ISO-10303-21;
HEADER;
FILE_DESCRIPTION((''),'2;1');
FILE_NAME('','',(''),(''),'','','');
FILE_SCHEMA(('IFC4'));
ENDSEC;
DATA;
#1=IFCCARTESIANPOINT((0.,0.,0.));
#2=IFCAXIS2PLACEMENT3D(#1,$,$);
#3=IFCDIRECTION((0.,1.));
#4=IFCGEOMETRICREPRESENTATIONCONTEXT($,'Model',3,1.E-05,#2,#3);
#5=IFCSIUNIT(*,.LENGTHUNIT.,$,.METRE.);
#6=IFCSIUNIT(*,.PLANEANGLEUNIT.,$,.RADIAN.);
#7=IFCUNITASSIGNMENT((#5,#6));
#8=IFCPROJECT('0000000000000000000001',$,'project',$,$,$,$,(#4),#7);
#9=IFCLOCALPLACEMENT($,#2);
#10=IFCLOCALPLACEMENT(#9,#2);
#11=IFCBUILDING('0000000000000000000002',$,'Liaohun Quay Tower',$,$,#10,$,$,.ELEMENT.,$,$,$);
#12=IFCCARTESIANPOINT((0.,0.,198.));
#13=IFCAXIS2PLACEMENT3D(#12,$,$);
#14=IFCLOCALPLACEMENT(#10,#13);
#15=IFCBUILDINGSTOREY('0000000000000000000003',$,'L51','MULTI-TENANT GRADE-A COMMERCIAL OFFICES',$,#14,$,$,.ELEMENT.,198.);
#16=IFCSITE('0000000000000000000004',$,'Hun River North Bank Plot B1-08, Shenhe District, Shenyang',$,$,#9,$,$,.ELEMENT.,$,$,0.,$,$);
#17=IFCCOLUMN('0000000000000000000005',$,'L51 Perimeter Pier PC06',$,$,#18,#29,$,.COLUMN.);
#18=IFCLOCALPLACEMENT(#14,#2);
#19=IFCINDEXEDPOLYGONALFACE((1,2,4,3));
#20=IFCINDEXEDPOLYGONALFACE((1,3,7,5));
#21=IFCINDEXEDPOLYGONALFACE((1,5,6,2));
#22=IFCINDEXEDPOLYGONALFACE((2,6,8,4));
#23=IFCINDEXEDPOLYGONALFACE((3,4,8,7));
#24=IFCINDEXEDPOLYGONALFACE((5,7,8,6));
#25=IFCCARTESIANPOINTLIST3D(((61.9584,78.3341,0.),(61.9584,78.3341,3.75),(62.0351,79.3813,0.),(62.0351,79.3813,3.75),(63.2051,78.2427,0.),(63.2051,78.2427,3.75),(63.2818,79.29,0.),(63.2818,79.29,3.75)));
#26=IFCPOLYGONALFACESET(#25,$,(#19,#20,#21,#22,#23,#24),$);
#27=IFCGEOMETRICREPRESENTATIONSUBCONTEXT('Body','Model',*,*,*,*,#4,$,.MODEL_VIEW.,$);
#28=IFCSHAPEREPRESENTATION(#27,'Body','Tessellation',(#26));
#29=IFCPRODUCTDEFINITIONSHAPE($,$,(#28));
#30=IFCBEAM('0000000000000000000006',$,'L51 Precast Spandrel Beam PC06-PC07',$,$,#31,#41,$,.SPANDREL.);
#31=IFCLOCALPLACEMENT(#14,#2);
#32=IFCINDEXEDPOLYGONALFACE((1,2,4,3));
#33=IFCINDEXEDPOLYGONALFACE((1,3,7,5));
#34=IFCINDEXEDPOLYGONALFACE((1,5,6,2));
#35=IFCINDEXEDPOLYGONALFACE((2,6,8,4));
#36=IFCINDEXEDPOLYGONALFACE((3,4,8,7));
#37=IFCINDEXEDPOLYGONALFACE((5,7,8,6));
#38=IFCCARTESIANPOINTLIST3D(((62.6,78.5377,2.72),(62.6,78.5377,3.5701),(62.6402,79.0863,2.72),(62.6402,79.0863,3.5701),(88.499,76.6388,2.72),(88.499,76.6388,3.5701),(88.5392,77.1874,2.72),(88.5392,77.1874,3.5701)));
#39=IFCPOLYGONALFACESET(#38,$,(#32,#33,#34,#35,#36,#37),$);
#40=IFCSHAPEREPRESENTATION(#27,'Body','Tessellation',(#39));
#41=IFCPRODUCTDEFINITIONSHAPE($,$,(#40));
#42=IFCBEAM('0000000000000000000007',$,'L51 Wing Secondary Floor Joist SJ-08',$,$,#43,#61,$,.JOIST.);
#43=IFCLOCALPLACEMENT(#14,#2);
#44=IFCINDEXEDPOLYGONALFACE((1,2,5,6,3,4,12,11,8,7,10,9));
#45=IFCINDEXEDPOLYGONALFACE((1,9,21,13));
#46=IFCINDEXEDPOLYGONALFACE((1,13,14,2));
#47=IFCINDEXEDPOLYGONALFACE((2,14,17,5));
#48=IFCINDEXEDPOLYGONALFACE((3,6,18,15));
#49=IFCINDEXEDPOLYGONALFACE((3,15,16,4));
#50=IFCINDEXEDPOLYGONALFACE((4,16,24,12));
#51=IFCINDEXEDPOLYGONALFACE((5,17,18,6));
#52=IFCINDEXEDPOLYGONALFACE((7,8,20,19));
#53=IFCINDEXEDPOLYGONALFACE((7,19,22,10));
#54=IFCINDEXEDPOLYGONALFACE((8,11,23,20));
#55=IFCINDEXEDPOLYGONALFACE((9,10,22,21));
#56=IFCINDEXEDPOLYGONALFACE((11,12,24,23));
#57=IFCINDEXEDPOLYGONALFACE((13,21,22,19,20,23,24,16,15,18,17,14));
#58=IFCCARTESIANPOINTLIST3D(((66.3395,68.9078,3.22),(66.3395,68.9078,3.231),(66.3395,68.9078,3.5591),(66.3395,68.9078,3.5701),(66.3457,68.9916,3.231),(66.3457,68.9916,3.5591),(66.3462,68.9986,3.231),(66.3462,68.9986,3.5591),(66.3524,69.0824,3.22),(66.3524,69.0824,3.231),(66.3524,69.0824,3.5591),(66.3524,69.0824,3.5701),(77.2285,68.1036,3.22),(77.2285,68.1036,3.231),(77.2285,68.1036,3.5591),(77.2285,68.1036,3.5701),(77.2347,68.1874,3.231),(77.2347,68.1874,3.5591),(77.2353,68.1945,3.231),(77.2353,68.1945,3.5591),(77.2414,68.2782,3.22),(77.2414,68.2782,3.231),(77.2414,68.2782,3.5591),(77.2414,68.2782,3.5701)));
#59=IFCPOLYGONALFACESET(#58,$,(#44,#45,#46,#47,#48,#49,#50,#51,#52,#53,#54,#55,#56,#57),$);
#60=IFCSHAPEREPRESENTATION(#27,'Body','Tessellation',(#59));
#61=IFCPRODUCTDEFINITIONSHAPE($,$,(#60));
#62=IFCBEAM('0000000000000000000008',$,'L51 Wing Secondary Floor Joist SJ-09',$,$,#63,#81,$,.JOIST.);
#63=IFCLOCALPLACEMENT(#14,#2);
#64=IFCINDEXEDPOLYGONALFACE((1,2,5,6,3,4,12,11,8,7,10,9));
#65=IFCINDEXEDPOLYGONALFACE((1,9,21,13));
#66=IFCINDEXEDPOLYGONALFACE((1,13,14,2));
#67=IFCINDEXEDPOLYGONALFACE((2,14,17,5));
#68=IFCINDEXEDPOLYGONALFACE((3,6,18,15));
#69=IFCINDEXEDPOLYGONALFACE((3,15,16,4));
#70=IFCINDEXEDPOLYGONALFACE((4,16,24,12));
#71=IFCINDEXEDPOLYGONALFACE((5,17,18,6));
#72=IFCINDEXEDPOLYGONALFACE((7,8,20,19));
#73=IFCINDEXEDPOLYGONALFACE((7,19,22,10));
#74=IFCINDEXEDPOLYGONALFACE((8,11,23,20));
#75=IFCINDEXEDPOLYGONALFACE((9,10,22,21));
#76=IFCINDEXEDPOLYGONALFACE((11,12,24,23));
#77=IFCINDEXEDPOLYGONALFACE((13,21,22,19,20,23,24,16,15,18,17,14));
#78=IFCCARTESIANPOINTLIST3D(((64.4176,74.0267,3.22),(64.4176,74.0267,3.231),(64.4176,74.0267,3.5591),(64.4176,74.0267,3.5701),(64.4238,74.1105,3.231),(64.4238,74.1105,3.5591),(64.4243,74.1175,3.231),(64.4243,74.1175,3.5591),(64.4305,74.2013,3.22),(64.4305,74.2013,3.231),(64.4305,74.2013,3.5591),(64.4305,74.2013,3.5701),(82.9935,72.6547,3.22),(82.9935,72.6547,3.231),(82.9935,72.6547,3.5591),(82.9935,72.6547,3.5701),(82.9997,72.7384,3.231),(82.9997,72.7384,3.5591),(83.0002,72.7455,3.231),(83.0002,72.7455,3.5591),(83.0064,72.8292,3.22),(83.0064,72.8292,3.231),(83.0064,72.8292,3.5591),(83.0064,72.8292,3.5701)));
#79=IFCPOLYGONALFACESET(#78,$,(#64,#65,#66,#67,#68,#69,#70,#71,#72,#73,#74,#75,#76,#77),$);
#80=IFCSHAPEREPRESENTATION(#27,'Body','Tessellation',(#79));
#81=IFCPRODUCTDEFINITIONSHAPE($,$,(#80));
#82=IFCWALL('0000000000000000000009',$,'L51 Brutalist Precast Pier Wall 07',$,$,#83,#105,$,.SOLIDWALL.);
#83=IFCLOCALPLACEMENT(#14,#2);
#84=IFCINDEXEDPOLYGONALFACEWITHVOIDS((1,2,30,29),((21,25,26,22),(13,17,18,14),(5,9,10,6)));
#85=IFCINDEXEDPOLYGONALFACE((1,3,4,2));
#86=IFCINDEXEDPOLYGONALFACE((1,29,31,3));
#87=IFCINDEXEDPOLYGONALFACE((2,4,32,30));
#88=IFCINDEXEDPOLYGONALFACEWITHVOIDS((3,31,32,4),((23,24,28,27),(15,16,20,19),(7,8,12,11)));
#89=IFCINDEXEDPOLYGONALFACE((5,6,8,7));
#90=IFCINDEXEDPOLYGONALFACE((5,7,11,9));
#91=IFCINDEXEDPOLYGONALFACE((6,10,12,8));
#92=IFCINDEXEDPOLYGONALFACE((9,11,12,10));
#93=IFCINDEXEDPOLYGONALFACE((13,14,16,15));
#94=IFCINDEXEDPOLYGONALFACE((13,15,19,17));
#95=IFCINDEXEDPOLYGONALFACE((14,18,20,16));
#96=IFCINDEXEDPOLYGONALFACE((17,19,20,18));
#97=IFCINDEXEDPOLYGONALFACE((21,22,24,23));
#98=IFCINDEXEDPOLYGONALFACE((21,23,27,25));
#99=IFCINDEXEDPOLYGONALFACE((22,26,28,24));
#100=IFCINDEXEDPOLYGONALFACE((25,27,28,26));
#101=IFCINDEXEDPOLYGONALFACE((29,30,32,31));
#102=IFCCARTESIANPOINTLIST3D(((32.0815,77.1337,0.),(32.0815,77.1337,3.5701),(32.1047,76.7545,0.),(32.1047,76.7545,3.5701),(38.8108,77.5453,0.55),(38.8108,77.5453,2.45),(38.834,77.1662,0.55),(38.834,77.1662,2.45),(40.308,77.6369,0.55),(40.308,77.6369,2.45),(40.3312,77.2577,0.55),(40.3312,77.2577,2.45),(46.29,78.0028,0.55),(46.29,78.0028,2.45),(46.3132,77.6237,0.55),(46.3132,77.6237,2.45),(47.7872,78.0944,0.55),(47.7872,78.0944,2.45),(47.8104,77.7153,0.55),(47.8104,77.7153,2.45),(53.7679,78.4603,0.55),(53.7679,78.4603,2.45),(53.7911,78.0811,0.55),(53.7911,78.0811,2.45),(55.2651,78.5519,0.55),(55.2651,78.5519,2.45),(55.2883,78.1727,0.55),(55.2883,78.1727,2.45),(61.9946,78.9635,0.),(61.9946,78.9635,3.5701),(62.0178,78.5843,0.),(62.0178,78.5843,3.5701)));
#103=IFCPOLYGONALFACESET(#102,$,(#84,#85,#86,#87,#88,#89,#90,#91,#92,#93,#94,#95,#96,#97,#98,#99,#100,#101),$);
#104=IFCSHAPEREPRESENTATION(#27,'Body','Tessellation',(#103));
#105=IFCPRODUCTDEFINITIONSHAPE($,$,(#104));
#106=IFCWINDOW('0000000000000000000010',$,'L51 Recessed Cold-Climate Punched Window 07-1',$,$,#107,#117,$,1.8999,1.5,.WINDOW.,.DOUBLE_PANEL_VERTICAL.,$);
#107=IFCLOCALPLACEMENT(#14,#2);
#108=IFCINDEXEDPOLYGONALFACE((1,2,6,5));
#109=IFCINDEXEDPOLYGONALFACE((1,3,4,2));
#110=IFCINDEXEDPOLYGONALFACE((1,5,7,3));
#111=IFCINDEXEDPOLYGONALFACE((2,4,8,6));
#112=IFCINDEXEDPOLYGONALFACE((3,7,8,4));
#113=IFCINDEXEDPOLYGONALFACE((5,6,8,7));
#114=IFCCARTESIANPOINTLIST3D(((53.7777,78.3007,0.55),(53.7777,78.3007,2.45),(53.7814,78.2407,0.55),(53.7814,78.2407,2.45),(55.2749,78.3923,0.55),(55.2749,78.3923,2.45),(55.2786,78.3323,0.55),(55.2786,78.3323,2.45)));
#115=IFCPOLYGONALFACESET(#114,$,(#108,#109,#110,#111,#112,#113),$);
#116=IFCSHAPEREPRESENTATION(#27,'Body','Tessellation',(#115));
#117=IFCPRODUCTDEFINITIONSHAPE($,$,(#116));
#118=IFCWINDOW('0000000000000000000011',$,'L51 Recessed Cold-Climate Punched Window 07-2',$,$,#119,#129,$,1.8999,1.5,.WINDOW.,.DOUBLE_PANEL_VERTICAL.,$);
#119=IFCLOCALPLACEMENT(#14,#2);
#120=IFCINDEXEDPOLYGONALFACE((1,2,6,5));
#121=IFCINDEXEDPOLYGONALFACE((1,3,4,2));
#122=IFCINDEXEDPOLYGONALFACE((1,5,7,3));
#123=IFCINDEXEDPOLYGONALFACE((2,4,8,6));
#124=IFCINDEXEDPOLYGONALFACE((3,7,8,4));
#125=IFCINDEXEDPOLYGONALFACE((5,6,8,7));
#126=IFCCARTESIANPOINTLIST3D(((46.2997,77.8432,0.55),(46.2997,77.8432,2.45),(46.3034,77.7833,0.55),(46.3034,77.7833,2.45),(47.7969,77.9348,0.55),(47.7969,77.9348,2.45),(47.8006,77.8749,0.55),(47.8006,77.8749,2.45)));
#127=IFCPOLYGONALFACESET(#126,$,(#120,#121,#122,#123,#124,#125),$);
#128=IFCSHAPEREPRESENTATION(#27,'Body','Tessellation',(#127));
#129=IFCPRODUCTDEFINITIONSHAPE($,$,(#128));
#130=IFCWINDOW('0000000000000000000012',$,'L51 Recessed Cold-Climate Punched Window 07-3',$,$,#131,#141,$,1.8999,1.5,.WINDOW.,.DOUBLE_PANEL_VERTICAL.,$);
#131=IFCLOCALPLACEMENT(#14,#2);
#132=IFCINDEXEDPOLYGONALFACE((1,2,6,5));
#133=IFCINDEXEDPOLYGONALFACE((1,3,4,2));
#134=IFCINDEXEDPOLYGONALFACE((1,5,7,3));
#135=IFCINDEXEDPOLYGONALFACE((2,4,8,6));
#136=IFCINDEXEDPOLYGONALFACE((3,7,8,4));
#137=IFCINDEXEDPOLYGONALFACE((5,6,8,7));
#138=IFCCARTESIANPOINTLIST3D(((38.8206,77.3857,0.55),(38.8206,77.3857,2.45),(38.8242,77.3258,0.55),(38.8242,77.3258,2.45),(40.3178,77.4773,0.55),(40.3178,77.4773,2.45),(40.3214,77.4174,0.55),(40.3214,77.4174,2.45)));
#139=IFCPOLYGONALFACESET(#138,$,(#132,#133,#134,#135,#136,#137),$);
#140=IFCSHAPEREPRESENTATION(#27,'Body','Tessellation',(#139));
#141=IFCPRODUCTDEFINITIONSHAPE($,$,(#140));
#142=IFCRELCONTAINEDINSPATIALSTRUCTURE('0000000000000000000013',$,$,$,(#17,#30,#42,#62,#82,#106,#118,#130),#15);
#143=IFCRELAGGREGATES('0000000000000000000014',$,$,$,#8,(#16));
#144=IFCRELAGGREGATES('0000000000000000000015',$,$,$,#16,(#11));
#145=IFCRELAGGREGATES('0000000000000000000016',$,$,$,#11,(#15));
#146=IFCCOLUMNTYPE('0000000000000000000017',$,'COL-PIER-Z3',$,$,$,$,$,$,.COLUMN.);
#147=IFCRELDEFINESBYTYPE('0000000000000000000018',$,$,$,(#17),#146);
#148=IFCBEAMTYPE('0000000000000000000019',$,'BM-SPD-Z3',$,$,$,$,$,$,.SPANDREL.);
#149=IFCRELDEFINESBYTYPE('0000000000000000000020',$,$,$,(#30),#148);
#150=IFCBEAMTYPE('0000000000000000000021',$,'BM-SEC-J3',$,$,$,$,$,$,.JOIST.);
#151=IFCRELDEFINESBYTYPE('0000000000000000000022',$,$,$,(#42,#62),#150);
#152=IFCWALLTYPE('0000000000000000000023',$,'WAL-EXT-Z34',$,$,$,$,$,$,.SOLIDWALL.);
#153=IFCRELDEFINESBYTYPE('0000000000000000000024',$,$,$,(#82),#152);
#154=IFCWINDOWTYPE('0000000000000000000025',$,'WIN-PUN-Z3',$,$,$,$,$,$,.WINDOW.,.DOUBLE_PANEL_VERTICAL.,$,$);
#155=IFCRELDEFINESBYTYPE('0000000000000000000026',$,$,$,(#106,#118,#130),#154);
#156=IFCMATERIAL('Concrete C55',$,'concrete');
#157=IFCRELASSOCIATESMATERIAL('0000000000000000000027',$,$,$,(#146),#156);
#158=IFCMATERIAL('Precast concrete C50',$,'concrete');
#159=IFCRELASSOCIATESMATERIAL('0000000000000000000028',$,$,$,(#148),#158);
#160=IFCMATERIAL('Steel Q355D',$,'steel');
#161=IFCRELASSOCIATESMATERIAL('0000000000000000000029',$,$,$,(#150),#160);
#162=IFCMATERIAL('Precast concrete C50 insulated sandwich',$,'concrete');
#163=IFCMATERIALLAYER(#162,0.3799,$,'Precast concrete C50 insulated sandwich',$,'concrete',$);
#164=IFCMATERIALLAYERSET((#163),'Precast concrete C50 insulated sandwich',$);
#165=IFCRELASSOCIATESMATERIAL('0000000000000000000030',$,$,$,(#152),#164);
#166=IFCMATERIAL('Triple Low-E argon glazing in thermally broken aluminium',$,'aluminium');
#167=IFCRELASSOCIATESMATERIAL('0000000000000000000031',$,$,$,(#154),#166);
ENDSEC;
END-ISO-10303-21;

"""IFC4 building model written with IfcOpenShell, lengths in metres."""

from ifc_helpers import new_model, si_unit, direction, frame, frame_2d, origin, origin_2d, place, context, subcontext, project, spatial, rectangle, i_section, extrude, source, transform, mapped, material, layer, layer_set, material_profile, profile_set, type_object, element, fill, save


model = new_model("IFC4")

# Units and contexts
model_context = context("Model", 3, precision=1e-05, world=origin(), true_north=direction((0.0, 1.0)))
body_context = subcontext(model_context, "Body", "Model", "MODEL_VIEW")
ifc_project = project(units=[si_unit("LENGTHUNIT", "METRE"), si_unit("PLANEANGLEUNIT", "RADIAN")], contexts=[model_context])

# Site, building, storey
site_placement = place(None, origin())
site = spatial("IfcSite", under=ifc_project, at=site_placement, Name="Hun River North Bank Plot B1-08, Shenhe District, Shenyang", CompositionType="ELEMENT", RefElevation=0.0)
building_placement = place(site_placement, origin())
building = spatial("IfcBuilding", under=site, at=building_placement, Name="Liaohun Quay Tower", CompositionType="ELEMENT")
storey_placement = place(building_placement, frame((0.0, 0.0, 198.0)))
storey = spatial("IfcBuildingStorey", under=building, at=storey_placement, Name="L51", Description="MULTI-TENANT GRADE-A COMMERCIAL OFFICES", CompositionType="ELEMENT", Elevation=198.0)

# Column
ifc_material_1 = material(Name="Concrete C55", Category="concrete")
ifc_material_profile_1 = material_profile(ifc_material_1, rectangle(XDim=1.25, YDim=1.05, at=origin_2d()), Name="RC1250x1050")
ifc_profile_set_1 = profile_set([ifc_material_profile_1], Name="Concrete C55")
column_type = type_object("IfcColumnType", Name="COL-PIER-Z3", PredefinedType="COLUMN", material=ifc_profile_set_1)
shared_shape_1 = source(origin(), body_context, "Body", "SweptSolid", [
    extrude(rectangle(XDim=1.25, YDim=1.05, at=origin_2d()), origin(), (0.0, 0.0, 1.0), 3.75),
])
column_placement = place(storey_placement, frame((62.6201, 78.812, 0.0), z_axis=(0.0, 0.0, 1.0), x_axis=(-0.997327, 0.073064, 0.0)))
element("IfcColumn", 1, at=column_placement, inside=storey, type_object=column_type, Name="L51 Perimeter Pier PC06", PredefinedType="COLUMN", context=body_context, shape_type="MappedRepresentation", body=[
    mapped(shared_shape_1, transform((0.0, 0.0, 0.0), x_axis=(1.0, 0.0, 0.0), y_axis=(0.0, 1.0, 0.0), z_axis=(0.0, 0.0, 1.0), scale=1.0)),
])

# Beams
ifc_material_2 = material(Name="Precast concrete C50", Category="concrete")
ifc_material_profile_2 = material_profile(ifc_material_2, rectangle(XDim=0.55, YDim=0.8501, at=origin_2d()), Name="RC550x850")
ifc_profile_set_2 = profile_set([ifc_material_profile_2], Name="Precast concrete C50")
beam_type_1 = type_object("IfcBeamType", Name="BM-SPD-Z3", PredefinedType="SPANDREL", material=ifc_profile_set_2)
shared_shape_2 = source(origin(), body_context, "Body", "SweptSolid", [
    extrude(rectangle(XDim=0.55, YDim=0.8501, at=origin_2d()), origin(), (0.0, 0.0, 1.0), 25.9685),
])
beam_1_placement = place(storey_placement, frame((62.6201, 78.812, 3.145), z_axis=(0.997323, -0.073124, 0.0), x_axis=(0.073124, 0.997323, 0.0)))
element("IfcBeam", 2, at=beam_1_placement, inside=storey, type_object=beam_type_1, Name="L51 Precast Spandrel Beam PC06-PC07", PredefinedType="SPANDREL", context=body_context, shape_type="MappedRepresentation", body=[
    mapped(shared_shape_2, transform((0.0, 0.0, 0.0), x_axis=(1.0, 0.0, 0.0), y_axis=(0.0, 1.0, 0.0), z_axis=(0.0, 0.0, 1.0), scale=1.0)),
])
ifc_material_3 = material(Name="Steel Q355D", Category="steel")
ifc_material_profile_3 = material_profile(ifc_material_3, i_section(OverallWidth=0.175, OverallDepth=0.3501, WebThickness=0.0071, FlangeThickness=0.011, at=origin_2d()), Name="HN350x175x7x11")
ifc_profile_set_3 = profile_set([ifc_material_profile_3], Name="Steel Q355D")
beam_type_2 = type_object("IfcBeamType", Name="BM-SEC-J3", PredefinedType="JOIST", material=ifc_profile_set_3)
shared_shape_3 = source(origin(), body_context, "Body", "SweptSolid", [
    extrude(i_section(OverallWidth=0.175, OverallDepth=0.3501, WebThickness=0.0071, FlangeThickness=0.011, at=origin_2d()), origin(), (0.0, 0.0, 1.0), 10.9187),
])
beam_2_placement = place(storey_placement, frame((66.3459, 68.9951, 3.395), z_axis=(0.997284, -0.073653, 0.0), x_axis=(0.073653, 0.997284, 0.0)))
element("IfcBeam", 3, at=beam_2_placement, inside=storey, type_object=beam_type_2, Name="L51 Wing Secondary Floor Joist SJ-08", PredefinedType="JOIST", context=body_context, shape_type="MappedRepresentation", body=[
    mapped(shared_shape_3, transform((0.0, 0.0, 0.0), x_axis=(1.0, 0.0, 0.0), y_axis=(0.0, 1.0, 0.0), z_axis=(0.0, 0.0, 1.0), scale=1.0)),
])
shared_shape_4 = source(origin(), body_context, "Body", "SweptSolid", [
    extrude(i_section(OverallWidth=0.175, OverallDepth=0.3501, WebThickness=0.0071, FlangeThickness=0.011, at=origin_2d()), origin(), (0.0, 0.0, 1.0), 18.6265),
])
beam_3_placement = place(storey_placement, frame((64.4241, 74.114, 3.395), z_axis=(0.997283, -0.073662, 0.0), x_axis=(0.073662, 0.997283, 0.0)))
element("IfcBeam", 4, at=beam_3_placement, inside=storey, type_object=beam_type_2, Name="L51 Wing Secondary Floor Joist SJ-09", PredefinedType="JOIST", context=body_context, shape_type="MappedRepresentation", body=[
    mapped(shared_shape_4, transform((0.0, 0.0, 0.0), x_axis=(1.0, 0.0, 0.0), y_axis=(0.0, 1.0, 0.0), z_axis=(0.0, 0.0, 1.0), scale=1.0)),
])

# Wall, openings, windows
ifc_material_4 = material(Name="Precast concrete C50 insulated sandwich", Category="concrete")
ifc_layer_1 = layer(ifc_material_4, 0.3799, Name="Precast concrete C50 insulated sandwich", Category="concrete")
ifc_layer_set_1 = layer_set([ifc_layer_1], Name="Precast concrete C50 insulated sandwich")
wall_type_1 = type_object("IfcWallType", Name="WAL-EXT-Z34", PredefinedType="SOLIDWALL", material=ifc_layer_set_1)
wall_1_placement = place(storey_placement, frame((62.0061, 78.7739, 0.0), z_axis=(0.0, 0.0, 1.0), x_axis=(-0.998134, -0.061058, 0.0)))
wall_1 = element("IfcWall", 5, at=wall_1_placement, inside=storey, type_object=wall_type_1, Name="L51 Brutalist Precast Pier Wall 07", PredefinedType="SOLIDWALL", context=body_context, shape_type="SweptSolid", body=[
    extrude(rectangle(XDim=29.969, YDim=0.3799, at=frame_2d((14.9844, 0.0))), origin(), (0.0, 0.0, 1.0), 3.5701),
])
shared_shape_5 = source(origin(), body_context, "Body", "SweptSolid", [
    extrude(rectangle(XDim=1.5, YDim=1.8999, at=frame_2d((0.75, 0.95))), frame((0.0, 0.2, 0.0), z_axis=(0.0, -1.0, 0.0), x_axis=(1.0, 0.0, 0.0)), (0.0, 0.0, 1.0), 0.3999),
])
opening_1_placement = place(wall_1_placement, frame((6.7419, 0.0, 0.55)))
opening_1 = element("IfcOpeningElement", 6, at=opening_1_placement, cuts=wall_1, PredefinedType="OPENING", context=body_context, shape_type="MappedRepresentation", body=[
    mapped(shared_shape_5, transform((0.0, 0.0, 0.0), x_axis=(1.0, 0.0, 0.0), y_axis=(0.0, 1.0, 0.0), z_axis=(0.0, 0.0, 1.0), scale=1.0)),
])
opening_2_placement = place(wall_1_placement, frame((14.2339, 0.0, 0.55)))
opening_2 = element("IfcOpeningElement", 7, at=opening_2_placement, cuts=wall_1, PredefinedType="OPENING", context=body_context, shape_type="MappedRepresentation", body=[
    mapped(shared_shape_5, transform((0.0, 0.0, 0.0), x_axis=(1.0, 0.0, 0.0), y_axis=(0.0, 1.0, 0.0), z_axis=(0.0, 0.0, 1.0), scale=1.0)),
])
opening_3_placement = place(wall_1_placement, frame((21.7271, 0.0, 0.55)))
opening_3 = element("IfcOpeningElement", 8, at=opening_3_placement, cuts=wall_1, PredefinedType="OPENING", context=body_context, shape_type="MappedRepresentation", body=[
    mapped(shared_shape_5, transform((0.0, 0.0, 0.0), x_axis=(1.0, 0.0, 0.0), y_axis=(0.0, 1.0, 0.0), z_axis=(0.0, 0.0, 1.0), scale=1.0)),
])
ifc_material_5 = material(Name="Triple Low-E argon glazing in thermally broken aluminium", Category="aluminium")
window_type = type_object("IfcWindowType", Name="WIN-PUN-Z3", PartitioningType="DOUBLE_PANEL_VERTICAL", PredefinedType="WINDOW", material=ifc_material_5)
shared_shape_6 = source(origin(), body_context, "Body", "SweptSolid", [
    extrude(rectangle(XDim=1.5, YDim=1.8999, at=frame_2d((0.75, 0.95))), frame((0.0, 0.03, 0.0), z_axis=(0.0, -1.0, 0.0), x_axis=(1.0, 0.0, 0.0)), (0.0, 0.0, 1.0), 0.0601),
])
window_1_placement = place(opening_1_placement, origin())
window_1 = element("IfcWindow", 9, at=window_1_placement, inside=storey, type_object=window_type, Name="L51 Recessed Cold-Climate Punched Window 07-1", OverallHeight=1.8999, OverallWidth=1.5, PartitioningType="DOUBLE_PANEL_VERTICAL", PredefinedType="WINDOW", context=body_context, shape_type="MappedRepresentation", body=[
    mapped(shared_shape_6, transform((0.0, 0.0, 0.0), x_axis=(1.0, 0.0, 0.0), y_axis=(0.0, 1.0, 0.0), z_axis=(0.0, 0.0, 1.0), scale=1.0)),
])
fill(opening_1, window_1)
window_2_placement = place(opening_2_placement, origin())
window_2 = element("IfcWindow", 10, at=window_2_placement, inside=storey, type_object=window_type, Name="L51 Recessed Cold-Climate Punched Window 07-2", OverallHeight=1.8999, OverallWidth=1.5, PartitioningType="DOUBLE_PANEL_VERTICAL", PredefinedType="WINDOW", context=body_context, shape_type="MappedRepresentation", body=[
    mapped(shared_shape_6, transform((0.0, 0.0, 0.0), x_axis=(1.0, 0.0, 0.0), y_axis=(0.0, 1.0, 0.0), z_axis=(0.0, 0.0, 1.0), scale=1.0)),
])
fill(opening_2, window_2)
window_3_placement = place(opening_3_placement, origin())
window_3 = element("IfcWindow", 11, at=window_3_placement, inside=storey, type_object=window_type, Name="L51 Recessed Cold-Climate Punched Window 07-3", OverallHeight=1.8999, OverallWidth=1.5, PartitioningType="DOUBLE_PANEL_VERTICAL", PredefinedType="WINDOW", context=body_context, shape_type="MappedRepresentation", body=[
    mapped(shared_shape_6, transform((0.0, 0.0, 0.0), x_axis=(1.0, 0.0, 0.0), y_axis=(0.0, 1.0, 0.0), z_axis=(0.0, 0.0, 1.0), scale=1.0)),
])
fill(opening_3, window_3)

save(model, "model.ifc")
